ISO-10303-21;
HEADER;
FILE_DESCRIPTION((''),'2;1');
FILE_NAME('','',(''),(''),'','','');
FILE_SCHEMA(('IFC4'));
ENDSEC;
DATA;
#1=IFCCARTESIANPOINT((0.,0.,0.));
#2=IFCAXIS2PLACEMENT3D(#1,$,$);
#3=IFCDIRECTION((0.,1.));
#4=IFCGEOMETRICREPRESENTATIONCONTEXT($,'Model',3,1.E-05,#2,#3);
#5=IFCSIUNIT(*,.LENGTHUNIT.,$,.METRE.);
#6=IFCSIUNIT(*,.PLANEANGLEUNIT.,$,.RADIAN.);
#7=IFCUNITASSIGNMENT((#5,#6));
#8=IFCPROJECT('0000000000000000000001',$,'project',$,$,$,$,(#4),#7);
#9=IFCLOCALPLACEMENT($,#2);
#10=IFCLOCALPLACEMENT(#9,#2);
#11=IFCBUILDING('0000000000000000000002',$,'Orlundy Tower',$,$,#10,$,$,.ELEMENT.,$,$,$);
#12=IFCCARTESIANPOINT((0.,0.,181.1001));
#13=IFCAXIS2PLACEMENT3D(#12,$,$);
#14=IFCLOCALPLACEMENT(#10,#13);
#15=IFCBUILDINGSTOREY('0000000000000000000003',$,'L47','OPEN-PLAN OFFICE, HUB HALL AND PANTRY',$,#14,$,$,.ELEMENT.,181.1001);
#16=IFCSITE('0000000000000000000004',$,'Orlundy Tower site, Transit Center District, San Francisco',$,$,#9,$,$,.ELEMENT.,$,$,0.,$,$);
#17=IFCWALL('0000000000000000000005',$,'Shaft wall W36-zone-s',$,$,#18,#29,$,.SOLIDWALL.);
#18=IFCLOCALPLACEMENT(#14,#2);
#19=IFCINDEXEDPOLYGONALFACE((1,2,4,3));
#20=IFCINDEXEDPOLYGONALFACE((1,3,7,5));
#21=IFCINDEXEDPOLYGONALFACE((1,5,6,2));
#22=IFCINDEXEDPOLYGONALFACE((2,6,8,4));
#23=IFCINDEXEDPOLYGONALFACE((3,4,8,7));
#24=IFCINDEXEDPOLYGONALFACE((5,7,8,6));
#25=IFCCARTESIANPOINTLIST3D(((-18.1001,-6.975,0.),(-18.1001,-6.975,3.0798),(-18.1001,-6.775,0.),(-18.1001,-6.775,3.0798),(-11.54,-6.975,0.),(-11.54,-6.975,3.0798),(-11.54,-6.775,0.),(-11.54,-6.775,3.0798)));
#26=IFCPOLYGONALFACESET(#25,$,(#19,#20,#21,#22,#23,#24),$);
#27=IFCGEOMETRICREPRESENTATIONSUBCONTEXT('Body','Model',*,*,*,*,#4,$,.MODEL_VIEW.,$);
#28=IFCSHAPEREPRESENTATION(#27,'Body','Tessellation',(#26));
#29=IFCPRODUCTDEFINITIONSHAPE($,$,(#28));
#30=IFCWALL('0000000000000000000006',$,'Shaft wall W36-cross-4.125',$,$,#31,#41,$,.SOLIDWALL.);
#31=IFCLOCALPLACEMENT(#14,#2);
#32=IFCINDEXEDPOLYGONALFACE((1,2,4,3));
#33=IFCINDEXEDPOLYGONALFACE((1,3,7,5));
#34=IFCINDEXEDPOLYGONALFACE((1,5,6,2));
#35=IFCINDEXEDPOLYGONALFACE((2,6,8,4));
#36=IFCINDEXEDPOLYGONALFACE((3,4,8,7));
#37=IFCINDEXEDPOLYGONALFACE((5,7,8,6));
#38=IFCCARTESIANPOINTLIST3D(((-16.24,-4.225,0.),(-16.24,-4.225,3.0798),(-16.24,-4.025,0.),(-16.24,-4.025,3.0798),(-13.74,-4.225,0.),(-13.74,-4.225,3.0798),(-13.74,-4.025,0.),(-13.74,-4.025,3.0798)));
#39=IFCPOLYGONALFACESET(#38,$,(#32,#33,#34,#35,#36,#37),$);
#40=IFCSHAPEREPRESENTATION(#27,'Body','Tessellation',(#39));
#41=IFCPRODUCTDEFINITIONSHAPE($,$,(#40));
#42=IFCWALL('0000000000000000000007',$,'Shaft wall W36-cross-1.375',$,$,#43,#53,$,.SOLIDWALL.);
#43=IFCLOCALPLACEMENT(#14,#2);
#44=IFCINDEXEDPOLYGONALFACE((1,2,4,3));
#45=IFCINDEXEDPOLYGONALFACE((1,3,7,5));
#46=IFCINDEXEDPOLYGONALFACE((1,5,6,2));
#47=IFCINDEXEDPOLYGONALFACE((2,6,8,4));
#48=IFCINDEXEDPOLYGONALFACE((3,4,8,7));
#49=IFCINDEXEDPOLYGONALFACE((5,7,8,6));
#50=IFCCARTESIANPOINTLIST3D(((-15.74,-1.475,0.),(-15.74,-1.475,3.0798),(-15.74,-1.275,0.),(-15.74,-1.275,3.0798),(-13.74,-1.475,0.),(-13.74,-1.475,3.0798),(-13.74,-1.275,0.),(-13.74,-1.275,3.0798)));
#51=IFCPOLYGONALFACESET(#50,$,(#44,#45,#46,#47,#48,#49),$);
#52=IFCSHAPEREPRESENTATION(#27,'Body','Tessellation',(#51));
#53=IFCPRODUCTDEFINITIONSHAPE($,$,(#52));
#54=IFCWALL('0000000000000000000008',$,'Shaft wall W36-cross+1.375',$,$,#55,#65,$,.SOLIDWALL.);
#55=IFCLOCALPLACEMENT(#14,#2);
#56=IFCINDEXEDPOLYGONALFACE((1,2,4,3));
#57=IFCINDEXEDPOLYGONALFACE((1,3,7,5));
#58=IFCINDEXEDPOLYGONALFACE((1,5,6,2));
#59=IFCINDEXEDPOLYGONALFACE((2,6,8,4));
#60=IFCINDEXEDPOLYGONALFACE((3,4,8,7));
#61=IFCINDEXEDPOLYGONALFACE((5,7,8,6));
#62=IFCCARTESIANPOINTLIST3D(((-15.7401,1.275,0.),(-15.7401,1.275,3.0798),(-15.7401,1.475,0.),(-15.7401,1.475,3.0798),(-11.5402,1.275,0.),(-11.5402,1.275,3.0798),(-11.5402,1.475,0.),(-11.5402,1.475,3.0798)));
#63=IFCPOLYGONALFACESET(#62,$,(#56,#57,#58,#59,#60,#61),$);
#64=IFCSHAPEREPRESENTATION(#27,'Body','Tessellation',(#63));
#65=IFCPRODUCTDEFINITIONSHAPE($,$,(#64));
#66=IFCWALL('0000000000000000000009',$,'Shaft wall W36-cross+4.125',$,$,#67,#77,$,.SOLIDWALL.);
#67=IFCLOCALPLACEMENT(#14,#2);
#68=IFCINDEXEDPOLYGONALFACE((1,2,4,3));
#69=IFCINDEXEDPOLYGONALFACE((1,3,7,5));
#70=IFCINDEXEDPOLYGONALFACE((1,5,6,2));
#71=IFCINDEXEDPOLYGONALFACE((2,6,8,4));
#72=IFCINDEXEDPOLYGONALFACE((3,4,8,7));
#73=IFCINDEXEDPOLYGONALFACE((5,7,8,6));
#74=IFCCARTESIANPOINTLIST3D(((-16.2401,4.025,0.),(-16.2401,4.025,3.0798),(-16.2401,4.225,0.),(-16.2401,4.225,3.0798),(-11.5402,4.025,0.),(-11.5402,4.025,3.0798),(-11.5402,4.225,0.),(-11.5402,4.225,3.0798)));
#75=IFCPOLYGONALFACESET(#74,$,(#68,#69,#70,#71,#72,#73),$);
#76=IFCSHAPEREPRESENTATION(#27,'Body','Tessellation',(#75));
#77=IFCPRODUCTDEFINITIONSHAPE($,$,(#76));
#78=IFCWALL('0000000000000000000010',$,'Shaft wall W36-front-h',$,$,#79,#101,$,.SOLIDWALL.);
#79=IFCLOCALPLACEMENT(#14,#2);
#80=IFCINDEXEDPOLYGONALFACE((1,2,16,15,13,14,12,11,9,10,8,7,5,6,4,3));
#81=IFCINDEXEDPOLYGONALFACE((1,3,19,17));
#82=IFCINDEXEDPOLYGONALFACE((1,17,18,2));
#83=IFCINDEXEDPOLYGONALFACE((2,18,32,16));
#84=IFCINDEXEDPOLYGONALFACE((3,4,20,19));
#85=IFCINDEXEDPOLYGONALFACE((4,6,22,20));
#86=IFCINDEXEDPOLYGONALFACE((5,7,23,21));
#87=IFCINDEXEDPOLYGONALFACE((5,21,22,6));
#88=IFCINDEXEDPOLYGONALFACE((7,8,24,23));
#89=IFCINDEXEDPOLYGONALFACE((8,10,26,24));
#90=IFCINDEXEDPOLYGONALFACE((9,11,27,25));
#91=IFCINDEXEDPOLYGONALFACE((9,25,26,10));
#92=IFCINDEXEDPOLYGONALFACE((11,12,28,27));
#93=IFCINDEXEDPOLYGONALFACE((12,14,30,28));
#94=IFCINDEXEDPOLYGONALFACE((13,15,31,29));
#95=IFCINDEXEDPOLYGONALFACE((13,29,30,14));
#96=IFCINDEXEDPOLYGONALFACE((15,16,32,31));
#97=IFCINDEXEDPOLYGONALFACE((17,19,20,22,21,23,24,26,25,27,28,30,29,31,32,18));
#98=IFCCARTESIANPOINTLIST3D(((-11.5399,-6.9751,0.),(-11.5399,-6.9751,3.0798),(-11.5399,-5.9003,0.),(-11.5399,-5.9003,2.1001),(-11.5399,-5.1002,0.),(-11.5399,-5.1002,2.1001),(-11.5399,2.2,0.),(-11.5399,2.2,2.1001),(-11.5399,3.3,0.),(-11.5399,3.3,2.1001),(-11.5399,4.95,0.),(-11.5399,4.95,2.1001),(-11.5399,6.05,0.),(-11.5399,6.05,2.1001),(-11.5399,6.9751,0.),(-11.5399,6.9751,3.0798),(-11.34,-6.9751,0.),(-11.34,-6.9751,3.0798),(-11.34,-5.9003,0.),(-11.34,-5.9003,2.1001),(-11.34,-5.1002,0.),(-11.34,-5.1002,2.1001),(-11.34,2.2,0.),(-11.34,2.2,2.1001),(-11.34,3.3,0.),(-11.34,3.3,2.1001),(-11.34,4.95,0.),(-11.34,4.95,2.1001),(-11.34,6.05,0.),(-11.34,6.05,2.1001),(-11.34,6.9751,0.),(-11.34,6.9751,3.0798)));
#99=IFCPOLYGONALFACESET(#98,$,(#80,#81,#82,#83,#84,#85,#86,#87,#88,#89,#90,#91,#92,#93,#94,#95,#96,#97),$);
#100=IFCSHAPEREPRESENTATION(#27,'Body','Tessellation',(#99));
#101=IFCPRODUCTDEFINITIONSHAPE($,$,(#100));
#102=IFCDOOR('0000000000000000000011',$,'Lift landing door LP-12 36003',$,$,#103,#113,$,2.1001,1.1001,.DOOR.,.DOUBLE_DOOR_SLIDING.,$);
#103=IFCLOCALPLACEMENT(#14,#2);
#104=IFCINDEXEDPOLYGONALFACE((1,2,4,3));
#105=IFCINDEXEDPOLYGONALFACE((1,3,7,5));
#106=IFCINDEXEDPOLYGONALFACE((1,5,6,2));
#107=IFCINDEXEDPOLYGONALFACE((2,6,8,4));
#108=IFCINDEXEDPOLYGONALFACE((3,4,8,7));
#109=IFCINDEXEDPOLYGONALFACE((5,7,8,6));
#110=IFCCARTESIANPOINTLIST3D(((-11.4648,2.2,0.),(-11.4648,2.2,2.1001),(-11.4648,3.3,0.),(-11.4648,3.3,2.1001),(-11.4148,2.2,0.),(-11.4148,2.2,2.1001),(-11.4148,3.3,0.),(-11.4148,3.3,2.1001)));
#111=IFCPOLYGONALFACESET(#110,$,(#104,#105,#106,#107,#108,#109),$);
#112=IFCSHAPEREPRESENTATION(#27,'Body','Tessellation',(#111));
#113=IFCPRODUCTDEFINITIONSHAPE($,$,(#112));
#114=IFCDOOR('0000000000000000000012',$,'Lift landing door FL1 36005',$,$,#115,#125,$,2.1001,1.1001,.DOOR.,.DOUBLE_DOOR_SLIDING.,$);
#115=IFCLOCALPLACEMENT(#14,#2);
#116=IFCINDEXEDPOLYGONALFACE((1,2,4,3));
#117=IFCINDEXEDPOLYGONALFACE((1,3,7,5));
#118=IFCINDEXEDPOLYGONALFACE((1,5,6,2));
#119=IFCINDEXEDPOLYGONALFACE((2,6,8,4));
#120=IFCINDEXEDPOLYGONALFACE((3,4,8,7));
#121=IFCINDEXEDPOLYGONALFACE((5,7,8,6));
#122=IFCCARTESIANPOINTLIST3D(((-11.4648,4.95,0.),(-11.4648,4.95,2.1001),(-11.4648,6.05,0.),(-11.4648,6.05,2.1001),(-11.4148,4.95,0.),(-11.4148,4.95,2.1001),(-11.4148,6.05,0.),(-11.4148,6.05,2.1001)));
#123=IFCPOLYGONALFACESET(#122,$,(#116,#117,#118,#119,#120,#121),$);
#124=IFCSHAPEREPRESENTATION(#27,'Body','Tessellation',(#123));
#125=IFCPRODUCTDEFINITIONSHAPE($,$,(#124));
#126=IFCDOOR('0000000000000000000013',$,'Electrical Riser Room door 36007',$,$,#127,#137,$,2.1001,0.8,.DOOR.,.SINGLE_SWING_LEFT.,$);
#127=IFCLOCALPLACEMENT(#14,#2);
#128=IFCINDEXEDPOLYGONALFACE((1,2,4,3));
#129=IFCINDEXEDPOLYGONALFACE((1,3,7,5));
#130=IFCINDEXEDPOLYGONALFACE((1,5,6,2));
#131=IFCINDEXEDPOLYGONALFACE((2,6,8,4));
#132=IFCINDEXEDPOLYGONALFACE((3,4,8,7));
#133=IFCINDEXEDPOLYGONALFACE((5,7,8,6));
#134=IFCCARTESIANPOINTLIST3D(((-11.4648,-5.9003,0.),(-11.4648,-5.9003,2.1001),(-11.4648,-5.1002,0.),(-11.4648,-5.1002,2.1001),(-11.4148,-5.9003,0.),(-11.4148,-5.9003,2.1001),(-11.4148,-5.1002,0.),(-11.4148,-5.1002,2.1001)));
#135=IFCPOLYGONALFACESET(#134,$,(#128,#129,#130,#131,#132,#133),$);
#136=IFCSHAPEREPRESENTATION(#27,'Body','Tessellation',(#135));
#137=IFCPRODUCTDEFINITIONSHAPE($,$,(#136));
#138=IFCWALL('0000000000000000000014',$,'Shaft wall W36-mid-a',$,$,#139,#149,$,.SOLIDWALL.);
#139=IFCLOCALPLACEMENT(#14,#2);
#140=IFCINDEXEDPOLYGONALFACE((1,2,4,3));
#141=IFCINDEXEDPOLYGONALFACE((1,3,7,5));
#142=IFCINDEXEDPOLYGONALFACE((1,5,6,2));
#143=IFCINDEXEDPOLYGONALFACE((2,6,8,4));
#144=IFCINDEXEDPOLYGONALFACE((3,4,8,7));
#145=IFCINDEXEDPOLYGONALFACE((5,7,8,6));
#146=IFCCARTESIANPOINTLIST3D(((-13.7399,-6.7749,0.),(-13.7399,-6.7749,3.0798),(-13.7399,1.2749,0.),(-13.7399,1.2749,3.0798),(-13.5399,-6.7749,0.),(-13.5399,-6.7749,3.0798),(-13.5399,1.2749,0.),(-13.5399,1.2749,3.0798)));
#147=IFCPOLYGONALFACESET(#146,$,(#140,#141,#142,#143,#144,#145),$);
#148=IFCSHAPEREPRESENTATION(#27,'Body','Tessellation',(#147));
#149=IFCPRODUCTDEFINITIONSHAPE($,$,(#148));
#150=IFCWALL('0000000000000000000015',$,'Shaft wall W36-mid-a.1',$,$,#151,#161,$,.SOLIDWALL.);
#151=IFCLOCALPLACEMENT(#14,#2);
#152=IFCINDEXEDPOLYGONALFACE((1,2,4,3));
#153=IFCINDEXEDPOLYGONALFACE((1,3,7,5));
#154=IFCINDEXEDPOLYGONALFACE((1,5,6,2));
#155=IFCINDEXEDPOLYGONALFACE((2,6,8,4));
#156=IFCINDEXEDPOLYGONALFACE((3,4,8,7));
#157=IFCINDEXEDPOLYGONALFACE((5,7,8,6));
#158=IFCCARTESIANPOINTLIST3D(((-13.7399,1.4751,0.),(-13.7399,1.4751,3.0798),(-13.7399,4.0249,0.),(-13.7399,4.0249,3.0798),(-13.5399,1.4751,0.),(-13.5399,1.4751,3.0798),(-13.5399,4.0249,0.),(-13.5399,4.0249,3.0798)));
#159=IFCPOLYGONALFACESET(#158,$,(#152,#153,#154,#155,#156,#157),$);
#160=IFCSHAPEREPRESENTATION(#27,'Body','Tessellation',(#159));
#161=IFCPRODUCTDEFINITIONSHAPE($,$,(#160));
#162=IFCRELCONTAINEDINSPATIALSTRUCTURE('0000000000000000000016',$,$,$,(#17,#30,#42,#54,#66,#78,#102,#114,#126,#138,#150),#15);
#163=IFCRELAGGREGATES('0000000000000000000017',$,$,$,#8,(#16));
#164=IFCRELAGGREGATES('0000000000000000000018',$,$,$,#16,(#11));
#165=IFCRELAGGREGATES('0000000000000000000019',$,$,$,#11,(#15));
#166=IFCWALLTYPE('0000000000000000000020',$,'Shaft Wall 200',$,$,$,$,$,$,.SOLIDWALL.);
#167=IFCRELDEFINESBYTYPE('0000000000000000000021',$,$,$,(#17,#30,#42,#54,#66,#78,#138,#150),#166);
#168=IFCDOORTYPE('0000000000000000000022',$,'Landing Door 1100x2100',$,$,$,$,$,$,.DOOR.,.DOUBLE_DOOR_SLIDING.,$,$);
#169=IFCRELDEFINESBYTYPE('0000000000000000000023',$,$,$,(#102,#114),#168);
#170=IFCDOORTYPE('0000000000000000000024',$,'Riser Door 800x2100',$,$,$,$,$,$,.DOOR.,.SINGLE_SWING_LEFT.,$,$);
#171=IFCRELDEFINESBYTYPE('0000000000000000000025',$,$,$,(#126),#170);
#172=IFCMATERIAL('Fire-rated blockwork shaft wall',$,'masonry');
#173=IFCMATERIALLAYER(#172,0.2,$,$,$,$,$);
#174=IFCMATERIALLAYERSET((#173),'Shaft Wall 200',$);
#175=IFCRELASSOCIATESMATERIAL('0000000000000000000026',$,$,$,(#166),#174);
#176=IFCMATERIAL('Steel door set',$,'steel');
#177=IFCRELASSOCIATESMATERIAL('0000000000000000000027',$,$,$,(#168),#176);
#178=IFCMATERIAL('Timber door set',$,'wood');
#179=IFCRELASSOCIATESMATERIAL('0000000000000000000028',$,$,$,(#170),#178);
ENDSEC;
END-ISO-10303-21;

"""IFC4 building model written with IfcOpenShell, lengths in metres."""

from ifc_helpers import new_model, si_unit, direction, frame, frame_2d, origin, place, context, subcontext, project, spatial, rectangle, extrude, material, layer, layer_set, type_object, element, fill, save


model = new_model("IFC4")

# Units and contexts
model_context = context("Model", 3, precision=1e-05, world=origin(), true_north=direction((0.0, 1.0)))
body_context = subcontext(model_context, "Body", "Model", "MODEL_VIEW")
ifc_project = project(units=[si_unit("LENGTHUNIT", "METRE"), si_unit("PLANEANGLEUNIT", "RADIAN")], contexts=[model_context])

# Site, building, storey
site_placement = place(None, origin())
site = spatial("IfcSite", under=ifc_project, at=site_placement, Name="Orlundy Tower site, Transit Center District, San Francisco", CompositionType="ELEMENT", RefElevation=0.0)
building_placement = place(site_placement, origin())
building = spatial("IfcBuilding", under=site, at=building_placement, Name="Orlundy Tower", CompositionType="ELEMENT")
storey_placement = place(building_placement, frame((0.0, 0.0, 181.1001)))
storey = spatial("IfcBuildingStorey", under=building, at=storey_placement, Name="L47", Description="OPEN-PLAN OFFICE, HUB HALL AND PANTRY", CompositionType="ELEMENT", Elevation=181.1001)

# Walls
ifc_material_1 = material(Name="Fire-rated blockwork shaft wall", Category="masonry")
ifc_layer_1 = layer(ifc_material_1, 0.2)
ifc_layer_set_1 = layer_set([ifc_layer_1], Name="Shaft Wall 200")
wall_type_1 = type_object("IfcWallType", Name="Shaft Wall 200", PredefinedType="SOLIDWALL", material=ifc_layer_set_1)
wall_1_placement = place(storey_placement, frame((-11.54, -6.875, 0.0), z_axis=(0.0, 0.0, 1.0), x_axis=(-1.0, 0.0, 0.0)))
element("IfcWall", 1, at=wall_1_placement, inside=storey, type_object=wall_type_1, Name="Shaft wall W36-zone-s", PredefinedType="SOLIDWALL", context=body_context, shape_type="SweptSolid", body=[
    extrude(rectangle(XDim=6.5601, YDim=0.2, at=frame_2d((3.28, 0.0))), origin(), (0.0, 0.0, 1.0), 3.0798),
])
wall_2_placement = place(storey_placement, frame((-13.74, -4.125, 0.0), z_axis=(0.0, 0.0, 1.0), x_axis=(-1.0, 0.0, 0.0)))
element("IfcWall", 2, at=wall_2_placement, inside=storey, type_object=wall_type_1, Name="Shaft wall W36-cross-4.125", PredefinedType="SOLIDWALL", context=body_context, shape_type="SweptSolid", body=[
    extrude(rectangle(XDim=2.5, YDim=0.2, at=frame_2d((1.25, 0.0))), origin(), (0.0, 0.0, 1.0), 3.0798),
])
wall_3_placement = place(storey_placement, frame((-13.74, -1.375, 0.0), z_axis=(0.0, 0.0, 1.0), x_axis=(-1.0, 0.0, 0.0)))
element("IfcWall", 3, at=wall_3_placement, inside=storey, type_object=wall_type_1, Name="Shaft wall W36-cross-1.375", PredefinedType="SOLIDWALL", context=body_context, shape_type="SweptSolid", body=[
    extrude(rectangle(XDim=2.0, YDim=0.2, at=frame_2d((1.0, 0.0))), origin(), (0.0, 0.0, 1.0), 3.0798),
])
wall_4_placement = place(storey_placement, frame((-11.54, 1.375, 0.0), z_axis=(0.0, 0.0, 1.0), x_axis=(-1.0, 0.0, 0.0)))
element("IfcWall", 4, at=wall_4_placement, inside=storey, type_object=wall_type_1, Name="Shaft wall W36-cross+1.375", PredefinedType="SOLIDWALL", context=body_context, shape_type="SweptSolid", body=[
    extrude(rectangle(XDim=4.2, YDim=0.2, at=frame_2d((2.1001, 0.0))), origin(), (0.0, 0.0, 1.0), 3.0798),
])
wall_5_placement = place(storey_placement, frame((-11.54, 4.125, 0.0), z_axis=(0.0, 0.0, 1.0), x_axis=(-1.0, 0.0, 0.0)))
element("IfcWall", 5, at=wall_5_placement, inside=storey, type_object=wall_type_1, Name="Shaft wall W36-cross+4.125", PredefinedType="SOLIDWALL", context=body_context, shape_type="SweptSolid", body=[
    extrude(rectangle(XDim=4.7, YDim=0.2, at=frame_2d((2.3501, 0.0))), origin(), (0.0, 0.0, 1.0), 3.0798),
])

# Wall, openings, doors
wall_6_placement = place(storey_placement, frame((-11.4399, -6.9751, 0.0), z_axis=(0.0, 0.0, 1.0), x_axis=(0.0, 1.0, 0.0)))
wall_6 = element("IfcWall", 6, at=wall_6_placement, inside=storey, type_object=wall_type_1, Name="Shaft wall W36-front-h", PredefinedType="SOLIDWALL", context=body_context, shape_type="SweptSolid", body=[
    extrude(rectangle(XDim=13.9502, YDim=0.2, at=frame_2d((6.9751, 0.0))), origin(), (0.0, 0.0, 1.0), 3.0798),
])
opening_1_placement = place(wall_6_placement, frame((9.175, 0.0, 0.0)))
opening_1 = element("IfcOpeningElement", 7, at=opening_1_placement, cuts=wall_6, PredefinedType="OPENING", context=body_context, shape_type="SweptSolid", body=[
    extrude(rectangle(XDim=1.1001, YDim=2.1001, at=frame_2d((0.55, 1.05))), frame((0.0, 0.1101, 0.0), z_axis=(0.0, -1.0, 0.0), x_axis=(1.0, 0.0, 0.0)), (0.0, 0.0, 1.0), 0.2202),
])
opening_2_placement = place(wall_6_placement, frame((11.925, 0.0, 0.0)))
opening_2 = element("IfcOpeningElement", 8, at=opening_2_placement, cuts=wall_6, PredefinedType="OPENING", context=body_context, shape_type="SweptSolid", body=[
    extrude(rectangle(XDim=1.1001, YDim=2.1001, at=frame_2d((0.55, 1.05))), frame((0.0, 0.1101, 0.0), z_axis=(0.0, -1.0, 0.0), x_axis=(1.0, 0.0, 0.0)), (0.0, 0.0, 1.0), 0.2202),
])
opening_3_placement = place(wall_6_placement, frame((1.075, 0.0, 0.0)))
opening_3 = element("IfcOpeningElement", 9, at=opening_3_placement, cuts=wall_6, PredefinedType="OPENING", context=body_context, shape_type="SweptSolid", body=[
    extrude(rectangle(XDim=0.8, YDim=2.1001, at=frame_2d((0.3999, 1.05))), frame((0.0, 0.1101, 0.0), z_axis=(0.0, -1.0, 0.0), x_axis=(1.0, 0.0, 0.0)), (0.0, 0.0, 1.0), 0.2202),
])
ifc_material_2 = material(Name="Steel door set", Category="steel")
door_type_1 = type_object("IfcDoorType", Name="Landing Door 1100x2100", OperationType="DOUBLE_DOOR_SLIDING", PredefinedType="DOOR", material=ifc_material_2)
door_1_placement = place(opening_1_placement, origin())
door_1 = element("IfcDoor", 10, at=door_1_placement, inside=storey, type_object=door_type_1, Name="Lift landing door LP-12 36003", OperationType="DOUBLE_DOOR_SLIDING", OverallHeight=2.1001, OverallWidth=1.1001, PredefinedType="DOOR", context=body_context, shape_type="SweptSolid", body=[
    extrude(rectangle(XDim=1.1001, YDim=2.1001, at=frame_2d((0.55, 1.05))), frame((0.0, 0.0249, 0.0), z_axis=(0.0, -1.0, 0.0), x_axis=(1.0, 0.0, 0.0)), (0.0, 0.0, 1.0), 0.05),
])
fill(opening_1, door_1)
door_2_placement = place(opening_2_placement, origin())
door_2 = element("IfcDoor", 11, at=door_2_placement, inside=storey, type_object=door_type_1, Name="Lift landing door FL1 36005", OperationType="DOUBLE_DOOR_SLIDING", OverallHeight=2.1001, OverallWidth=1.1001, PredefinedType="DOOR", context=body_context, shape_type="SweptSolid", body=[
    extrude(rectangle(XDim=1.1001, YDim=2.1001, at=frame_2d((0.55, 1.05))), frame((0.0, 0.0249, 0.0), z_axis=(0.0, -1.0, 0.0), x_axis=(1.0, 0.0, 0.0)), (0.0, 0.0, 1.0), 0.05),
])
fill(opening_2, door_2)
ifc_material_3 = material(Name="Timber door set", Category="wood")
door_type_2 = type_object("IfcDoorType", Name="Riser Door 800x2100", OperationType="SINGLE_SWING_LEFT", PredefinedType="DOOR", material=ifc_material_3)
door_3_placement = place(opening_3_placement, origin())
door_3 = element("IfcDoor", 12, at=door_3_placement, inside=storey, type_object=door_type_2, Name="Electrical Riser Room door 36007", OperationType="SINGLE_SWING_LEFT", OverallHeight=2.1001, OverallWidth=0.8, PredefinedType="DOOR", context=body_context, shape_type="SweptSolid", body=[
    extrude(rectangle(XDim=0.8, YDim=2.1001, at=frame_2d((0.3999, 1.05))), frame((0.0, 0.0249, 0.0), z_axis=(0.0, -1.0, 0.0), x_axis=(1.0, 0.0, 0.0)), (0.0, 0.0, 1.0), 0.05),
])
fill(opening_3, door_3)

# Walls
wall_7_placement = place(storey_placement, frame((-13.6399, -6.7749, 0.0), z_axis=(0.0, 0.0, 1.0), x_axis=(0.0, 1.0, 0.0)))
element("IfcWall", 13, at=wall_7_placement, inside=storey, type_object=wall_type_1, Name="Shaft wall W36-mid-a", PredefinedType="SOLIDWALL", context=body_context, shape_type="SweptSolid", body=[
    extrude(rectangle(XDim=8.0498, YDim=0.2, at=frame_2d((4.0249, 0.0))), origin(), (0.0, 0.0, 1.0), 3.0798),
])
wall_8_placement = place(storey_placement, frame((-13.6399, 1.4751, 0.0), z_axis=(0.0, 0.0, 1.0), x_axis=(0.0, 1.0, 0.0)))
element("IfcWall", 14, at=wall_8_placement, inside=storey, type_object=wall_type_1, Name="Shaft wall W36-mid-a.1", PredefinedType="SOLIDWALL", context=body_context, shape_type="SweptSolid", body=[
    extrude(rectangle(XDim=2.5498, YDim=0.2, at=frame_2d((1.2749, 0.0))), origin(), (0.0, 0.0, 1.0), 3.0798),
])

save(model, "model.ifc")
